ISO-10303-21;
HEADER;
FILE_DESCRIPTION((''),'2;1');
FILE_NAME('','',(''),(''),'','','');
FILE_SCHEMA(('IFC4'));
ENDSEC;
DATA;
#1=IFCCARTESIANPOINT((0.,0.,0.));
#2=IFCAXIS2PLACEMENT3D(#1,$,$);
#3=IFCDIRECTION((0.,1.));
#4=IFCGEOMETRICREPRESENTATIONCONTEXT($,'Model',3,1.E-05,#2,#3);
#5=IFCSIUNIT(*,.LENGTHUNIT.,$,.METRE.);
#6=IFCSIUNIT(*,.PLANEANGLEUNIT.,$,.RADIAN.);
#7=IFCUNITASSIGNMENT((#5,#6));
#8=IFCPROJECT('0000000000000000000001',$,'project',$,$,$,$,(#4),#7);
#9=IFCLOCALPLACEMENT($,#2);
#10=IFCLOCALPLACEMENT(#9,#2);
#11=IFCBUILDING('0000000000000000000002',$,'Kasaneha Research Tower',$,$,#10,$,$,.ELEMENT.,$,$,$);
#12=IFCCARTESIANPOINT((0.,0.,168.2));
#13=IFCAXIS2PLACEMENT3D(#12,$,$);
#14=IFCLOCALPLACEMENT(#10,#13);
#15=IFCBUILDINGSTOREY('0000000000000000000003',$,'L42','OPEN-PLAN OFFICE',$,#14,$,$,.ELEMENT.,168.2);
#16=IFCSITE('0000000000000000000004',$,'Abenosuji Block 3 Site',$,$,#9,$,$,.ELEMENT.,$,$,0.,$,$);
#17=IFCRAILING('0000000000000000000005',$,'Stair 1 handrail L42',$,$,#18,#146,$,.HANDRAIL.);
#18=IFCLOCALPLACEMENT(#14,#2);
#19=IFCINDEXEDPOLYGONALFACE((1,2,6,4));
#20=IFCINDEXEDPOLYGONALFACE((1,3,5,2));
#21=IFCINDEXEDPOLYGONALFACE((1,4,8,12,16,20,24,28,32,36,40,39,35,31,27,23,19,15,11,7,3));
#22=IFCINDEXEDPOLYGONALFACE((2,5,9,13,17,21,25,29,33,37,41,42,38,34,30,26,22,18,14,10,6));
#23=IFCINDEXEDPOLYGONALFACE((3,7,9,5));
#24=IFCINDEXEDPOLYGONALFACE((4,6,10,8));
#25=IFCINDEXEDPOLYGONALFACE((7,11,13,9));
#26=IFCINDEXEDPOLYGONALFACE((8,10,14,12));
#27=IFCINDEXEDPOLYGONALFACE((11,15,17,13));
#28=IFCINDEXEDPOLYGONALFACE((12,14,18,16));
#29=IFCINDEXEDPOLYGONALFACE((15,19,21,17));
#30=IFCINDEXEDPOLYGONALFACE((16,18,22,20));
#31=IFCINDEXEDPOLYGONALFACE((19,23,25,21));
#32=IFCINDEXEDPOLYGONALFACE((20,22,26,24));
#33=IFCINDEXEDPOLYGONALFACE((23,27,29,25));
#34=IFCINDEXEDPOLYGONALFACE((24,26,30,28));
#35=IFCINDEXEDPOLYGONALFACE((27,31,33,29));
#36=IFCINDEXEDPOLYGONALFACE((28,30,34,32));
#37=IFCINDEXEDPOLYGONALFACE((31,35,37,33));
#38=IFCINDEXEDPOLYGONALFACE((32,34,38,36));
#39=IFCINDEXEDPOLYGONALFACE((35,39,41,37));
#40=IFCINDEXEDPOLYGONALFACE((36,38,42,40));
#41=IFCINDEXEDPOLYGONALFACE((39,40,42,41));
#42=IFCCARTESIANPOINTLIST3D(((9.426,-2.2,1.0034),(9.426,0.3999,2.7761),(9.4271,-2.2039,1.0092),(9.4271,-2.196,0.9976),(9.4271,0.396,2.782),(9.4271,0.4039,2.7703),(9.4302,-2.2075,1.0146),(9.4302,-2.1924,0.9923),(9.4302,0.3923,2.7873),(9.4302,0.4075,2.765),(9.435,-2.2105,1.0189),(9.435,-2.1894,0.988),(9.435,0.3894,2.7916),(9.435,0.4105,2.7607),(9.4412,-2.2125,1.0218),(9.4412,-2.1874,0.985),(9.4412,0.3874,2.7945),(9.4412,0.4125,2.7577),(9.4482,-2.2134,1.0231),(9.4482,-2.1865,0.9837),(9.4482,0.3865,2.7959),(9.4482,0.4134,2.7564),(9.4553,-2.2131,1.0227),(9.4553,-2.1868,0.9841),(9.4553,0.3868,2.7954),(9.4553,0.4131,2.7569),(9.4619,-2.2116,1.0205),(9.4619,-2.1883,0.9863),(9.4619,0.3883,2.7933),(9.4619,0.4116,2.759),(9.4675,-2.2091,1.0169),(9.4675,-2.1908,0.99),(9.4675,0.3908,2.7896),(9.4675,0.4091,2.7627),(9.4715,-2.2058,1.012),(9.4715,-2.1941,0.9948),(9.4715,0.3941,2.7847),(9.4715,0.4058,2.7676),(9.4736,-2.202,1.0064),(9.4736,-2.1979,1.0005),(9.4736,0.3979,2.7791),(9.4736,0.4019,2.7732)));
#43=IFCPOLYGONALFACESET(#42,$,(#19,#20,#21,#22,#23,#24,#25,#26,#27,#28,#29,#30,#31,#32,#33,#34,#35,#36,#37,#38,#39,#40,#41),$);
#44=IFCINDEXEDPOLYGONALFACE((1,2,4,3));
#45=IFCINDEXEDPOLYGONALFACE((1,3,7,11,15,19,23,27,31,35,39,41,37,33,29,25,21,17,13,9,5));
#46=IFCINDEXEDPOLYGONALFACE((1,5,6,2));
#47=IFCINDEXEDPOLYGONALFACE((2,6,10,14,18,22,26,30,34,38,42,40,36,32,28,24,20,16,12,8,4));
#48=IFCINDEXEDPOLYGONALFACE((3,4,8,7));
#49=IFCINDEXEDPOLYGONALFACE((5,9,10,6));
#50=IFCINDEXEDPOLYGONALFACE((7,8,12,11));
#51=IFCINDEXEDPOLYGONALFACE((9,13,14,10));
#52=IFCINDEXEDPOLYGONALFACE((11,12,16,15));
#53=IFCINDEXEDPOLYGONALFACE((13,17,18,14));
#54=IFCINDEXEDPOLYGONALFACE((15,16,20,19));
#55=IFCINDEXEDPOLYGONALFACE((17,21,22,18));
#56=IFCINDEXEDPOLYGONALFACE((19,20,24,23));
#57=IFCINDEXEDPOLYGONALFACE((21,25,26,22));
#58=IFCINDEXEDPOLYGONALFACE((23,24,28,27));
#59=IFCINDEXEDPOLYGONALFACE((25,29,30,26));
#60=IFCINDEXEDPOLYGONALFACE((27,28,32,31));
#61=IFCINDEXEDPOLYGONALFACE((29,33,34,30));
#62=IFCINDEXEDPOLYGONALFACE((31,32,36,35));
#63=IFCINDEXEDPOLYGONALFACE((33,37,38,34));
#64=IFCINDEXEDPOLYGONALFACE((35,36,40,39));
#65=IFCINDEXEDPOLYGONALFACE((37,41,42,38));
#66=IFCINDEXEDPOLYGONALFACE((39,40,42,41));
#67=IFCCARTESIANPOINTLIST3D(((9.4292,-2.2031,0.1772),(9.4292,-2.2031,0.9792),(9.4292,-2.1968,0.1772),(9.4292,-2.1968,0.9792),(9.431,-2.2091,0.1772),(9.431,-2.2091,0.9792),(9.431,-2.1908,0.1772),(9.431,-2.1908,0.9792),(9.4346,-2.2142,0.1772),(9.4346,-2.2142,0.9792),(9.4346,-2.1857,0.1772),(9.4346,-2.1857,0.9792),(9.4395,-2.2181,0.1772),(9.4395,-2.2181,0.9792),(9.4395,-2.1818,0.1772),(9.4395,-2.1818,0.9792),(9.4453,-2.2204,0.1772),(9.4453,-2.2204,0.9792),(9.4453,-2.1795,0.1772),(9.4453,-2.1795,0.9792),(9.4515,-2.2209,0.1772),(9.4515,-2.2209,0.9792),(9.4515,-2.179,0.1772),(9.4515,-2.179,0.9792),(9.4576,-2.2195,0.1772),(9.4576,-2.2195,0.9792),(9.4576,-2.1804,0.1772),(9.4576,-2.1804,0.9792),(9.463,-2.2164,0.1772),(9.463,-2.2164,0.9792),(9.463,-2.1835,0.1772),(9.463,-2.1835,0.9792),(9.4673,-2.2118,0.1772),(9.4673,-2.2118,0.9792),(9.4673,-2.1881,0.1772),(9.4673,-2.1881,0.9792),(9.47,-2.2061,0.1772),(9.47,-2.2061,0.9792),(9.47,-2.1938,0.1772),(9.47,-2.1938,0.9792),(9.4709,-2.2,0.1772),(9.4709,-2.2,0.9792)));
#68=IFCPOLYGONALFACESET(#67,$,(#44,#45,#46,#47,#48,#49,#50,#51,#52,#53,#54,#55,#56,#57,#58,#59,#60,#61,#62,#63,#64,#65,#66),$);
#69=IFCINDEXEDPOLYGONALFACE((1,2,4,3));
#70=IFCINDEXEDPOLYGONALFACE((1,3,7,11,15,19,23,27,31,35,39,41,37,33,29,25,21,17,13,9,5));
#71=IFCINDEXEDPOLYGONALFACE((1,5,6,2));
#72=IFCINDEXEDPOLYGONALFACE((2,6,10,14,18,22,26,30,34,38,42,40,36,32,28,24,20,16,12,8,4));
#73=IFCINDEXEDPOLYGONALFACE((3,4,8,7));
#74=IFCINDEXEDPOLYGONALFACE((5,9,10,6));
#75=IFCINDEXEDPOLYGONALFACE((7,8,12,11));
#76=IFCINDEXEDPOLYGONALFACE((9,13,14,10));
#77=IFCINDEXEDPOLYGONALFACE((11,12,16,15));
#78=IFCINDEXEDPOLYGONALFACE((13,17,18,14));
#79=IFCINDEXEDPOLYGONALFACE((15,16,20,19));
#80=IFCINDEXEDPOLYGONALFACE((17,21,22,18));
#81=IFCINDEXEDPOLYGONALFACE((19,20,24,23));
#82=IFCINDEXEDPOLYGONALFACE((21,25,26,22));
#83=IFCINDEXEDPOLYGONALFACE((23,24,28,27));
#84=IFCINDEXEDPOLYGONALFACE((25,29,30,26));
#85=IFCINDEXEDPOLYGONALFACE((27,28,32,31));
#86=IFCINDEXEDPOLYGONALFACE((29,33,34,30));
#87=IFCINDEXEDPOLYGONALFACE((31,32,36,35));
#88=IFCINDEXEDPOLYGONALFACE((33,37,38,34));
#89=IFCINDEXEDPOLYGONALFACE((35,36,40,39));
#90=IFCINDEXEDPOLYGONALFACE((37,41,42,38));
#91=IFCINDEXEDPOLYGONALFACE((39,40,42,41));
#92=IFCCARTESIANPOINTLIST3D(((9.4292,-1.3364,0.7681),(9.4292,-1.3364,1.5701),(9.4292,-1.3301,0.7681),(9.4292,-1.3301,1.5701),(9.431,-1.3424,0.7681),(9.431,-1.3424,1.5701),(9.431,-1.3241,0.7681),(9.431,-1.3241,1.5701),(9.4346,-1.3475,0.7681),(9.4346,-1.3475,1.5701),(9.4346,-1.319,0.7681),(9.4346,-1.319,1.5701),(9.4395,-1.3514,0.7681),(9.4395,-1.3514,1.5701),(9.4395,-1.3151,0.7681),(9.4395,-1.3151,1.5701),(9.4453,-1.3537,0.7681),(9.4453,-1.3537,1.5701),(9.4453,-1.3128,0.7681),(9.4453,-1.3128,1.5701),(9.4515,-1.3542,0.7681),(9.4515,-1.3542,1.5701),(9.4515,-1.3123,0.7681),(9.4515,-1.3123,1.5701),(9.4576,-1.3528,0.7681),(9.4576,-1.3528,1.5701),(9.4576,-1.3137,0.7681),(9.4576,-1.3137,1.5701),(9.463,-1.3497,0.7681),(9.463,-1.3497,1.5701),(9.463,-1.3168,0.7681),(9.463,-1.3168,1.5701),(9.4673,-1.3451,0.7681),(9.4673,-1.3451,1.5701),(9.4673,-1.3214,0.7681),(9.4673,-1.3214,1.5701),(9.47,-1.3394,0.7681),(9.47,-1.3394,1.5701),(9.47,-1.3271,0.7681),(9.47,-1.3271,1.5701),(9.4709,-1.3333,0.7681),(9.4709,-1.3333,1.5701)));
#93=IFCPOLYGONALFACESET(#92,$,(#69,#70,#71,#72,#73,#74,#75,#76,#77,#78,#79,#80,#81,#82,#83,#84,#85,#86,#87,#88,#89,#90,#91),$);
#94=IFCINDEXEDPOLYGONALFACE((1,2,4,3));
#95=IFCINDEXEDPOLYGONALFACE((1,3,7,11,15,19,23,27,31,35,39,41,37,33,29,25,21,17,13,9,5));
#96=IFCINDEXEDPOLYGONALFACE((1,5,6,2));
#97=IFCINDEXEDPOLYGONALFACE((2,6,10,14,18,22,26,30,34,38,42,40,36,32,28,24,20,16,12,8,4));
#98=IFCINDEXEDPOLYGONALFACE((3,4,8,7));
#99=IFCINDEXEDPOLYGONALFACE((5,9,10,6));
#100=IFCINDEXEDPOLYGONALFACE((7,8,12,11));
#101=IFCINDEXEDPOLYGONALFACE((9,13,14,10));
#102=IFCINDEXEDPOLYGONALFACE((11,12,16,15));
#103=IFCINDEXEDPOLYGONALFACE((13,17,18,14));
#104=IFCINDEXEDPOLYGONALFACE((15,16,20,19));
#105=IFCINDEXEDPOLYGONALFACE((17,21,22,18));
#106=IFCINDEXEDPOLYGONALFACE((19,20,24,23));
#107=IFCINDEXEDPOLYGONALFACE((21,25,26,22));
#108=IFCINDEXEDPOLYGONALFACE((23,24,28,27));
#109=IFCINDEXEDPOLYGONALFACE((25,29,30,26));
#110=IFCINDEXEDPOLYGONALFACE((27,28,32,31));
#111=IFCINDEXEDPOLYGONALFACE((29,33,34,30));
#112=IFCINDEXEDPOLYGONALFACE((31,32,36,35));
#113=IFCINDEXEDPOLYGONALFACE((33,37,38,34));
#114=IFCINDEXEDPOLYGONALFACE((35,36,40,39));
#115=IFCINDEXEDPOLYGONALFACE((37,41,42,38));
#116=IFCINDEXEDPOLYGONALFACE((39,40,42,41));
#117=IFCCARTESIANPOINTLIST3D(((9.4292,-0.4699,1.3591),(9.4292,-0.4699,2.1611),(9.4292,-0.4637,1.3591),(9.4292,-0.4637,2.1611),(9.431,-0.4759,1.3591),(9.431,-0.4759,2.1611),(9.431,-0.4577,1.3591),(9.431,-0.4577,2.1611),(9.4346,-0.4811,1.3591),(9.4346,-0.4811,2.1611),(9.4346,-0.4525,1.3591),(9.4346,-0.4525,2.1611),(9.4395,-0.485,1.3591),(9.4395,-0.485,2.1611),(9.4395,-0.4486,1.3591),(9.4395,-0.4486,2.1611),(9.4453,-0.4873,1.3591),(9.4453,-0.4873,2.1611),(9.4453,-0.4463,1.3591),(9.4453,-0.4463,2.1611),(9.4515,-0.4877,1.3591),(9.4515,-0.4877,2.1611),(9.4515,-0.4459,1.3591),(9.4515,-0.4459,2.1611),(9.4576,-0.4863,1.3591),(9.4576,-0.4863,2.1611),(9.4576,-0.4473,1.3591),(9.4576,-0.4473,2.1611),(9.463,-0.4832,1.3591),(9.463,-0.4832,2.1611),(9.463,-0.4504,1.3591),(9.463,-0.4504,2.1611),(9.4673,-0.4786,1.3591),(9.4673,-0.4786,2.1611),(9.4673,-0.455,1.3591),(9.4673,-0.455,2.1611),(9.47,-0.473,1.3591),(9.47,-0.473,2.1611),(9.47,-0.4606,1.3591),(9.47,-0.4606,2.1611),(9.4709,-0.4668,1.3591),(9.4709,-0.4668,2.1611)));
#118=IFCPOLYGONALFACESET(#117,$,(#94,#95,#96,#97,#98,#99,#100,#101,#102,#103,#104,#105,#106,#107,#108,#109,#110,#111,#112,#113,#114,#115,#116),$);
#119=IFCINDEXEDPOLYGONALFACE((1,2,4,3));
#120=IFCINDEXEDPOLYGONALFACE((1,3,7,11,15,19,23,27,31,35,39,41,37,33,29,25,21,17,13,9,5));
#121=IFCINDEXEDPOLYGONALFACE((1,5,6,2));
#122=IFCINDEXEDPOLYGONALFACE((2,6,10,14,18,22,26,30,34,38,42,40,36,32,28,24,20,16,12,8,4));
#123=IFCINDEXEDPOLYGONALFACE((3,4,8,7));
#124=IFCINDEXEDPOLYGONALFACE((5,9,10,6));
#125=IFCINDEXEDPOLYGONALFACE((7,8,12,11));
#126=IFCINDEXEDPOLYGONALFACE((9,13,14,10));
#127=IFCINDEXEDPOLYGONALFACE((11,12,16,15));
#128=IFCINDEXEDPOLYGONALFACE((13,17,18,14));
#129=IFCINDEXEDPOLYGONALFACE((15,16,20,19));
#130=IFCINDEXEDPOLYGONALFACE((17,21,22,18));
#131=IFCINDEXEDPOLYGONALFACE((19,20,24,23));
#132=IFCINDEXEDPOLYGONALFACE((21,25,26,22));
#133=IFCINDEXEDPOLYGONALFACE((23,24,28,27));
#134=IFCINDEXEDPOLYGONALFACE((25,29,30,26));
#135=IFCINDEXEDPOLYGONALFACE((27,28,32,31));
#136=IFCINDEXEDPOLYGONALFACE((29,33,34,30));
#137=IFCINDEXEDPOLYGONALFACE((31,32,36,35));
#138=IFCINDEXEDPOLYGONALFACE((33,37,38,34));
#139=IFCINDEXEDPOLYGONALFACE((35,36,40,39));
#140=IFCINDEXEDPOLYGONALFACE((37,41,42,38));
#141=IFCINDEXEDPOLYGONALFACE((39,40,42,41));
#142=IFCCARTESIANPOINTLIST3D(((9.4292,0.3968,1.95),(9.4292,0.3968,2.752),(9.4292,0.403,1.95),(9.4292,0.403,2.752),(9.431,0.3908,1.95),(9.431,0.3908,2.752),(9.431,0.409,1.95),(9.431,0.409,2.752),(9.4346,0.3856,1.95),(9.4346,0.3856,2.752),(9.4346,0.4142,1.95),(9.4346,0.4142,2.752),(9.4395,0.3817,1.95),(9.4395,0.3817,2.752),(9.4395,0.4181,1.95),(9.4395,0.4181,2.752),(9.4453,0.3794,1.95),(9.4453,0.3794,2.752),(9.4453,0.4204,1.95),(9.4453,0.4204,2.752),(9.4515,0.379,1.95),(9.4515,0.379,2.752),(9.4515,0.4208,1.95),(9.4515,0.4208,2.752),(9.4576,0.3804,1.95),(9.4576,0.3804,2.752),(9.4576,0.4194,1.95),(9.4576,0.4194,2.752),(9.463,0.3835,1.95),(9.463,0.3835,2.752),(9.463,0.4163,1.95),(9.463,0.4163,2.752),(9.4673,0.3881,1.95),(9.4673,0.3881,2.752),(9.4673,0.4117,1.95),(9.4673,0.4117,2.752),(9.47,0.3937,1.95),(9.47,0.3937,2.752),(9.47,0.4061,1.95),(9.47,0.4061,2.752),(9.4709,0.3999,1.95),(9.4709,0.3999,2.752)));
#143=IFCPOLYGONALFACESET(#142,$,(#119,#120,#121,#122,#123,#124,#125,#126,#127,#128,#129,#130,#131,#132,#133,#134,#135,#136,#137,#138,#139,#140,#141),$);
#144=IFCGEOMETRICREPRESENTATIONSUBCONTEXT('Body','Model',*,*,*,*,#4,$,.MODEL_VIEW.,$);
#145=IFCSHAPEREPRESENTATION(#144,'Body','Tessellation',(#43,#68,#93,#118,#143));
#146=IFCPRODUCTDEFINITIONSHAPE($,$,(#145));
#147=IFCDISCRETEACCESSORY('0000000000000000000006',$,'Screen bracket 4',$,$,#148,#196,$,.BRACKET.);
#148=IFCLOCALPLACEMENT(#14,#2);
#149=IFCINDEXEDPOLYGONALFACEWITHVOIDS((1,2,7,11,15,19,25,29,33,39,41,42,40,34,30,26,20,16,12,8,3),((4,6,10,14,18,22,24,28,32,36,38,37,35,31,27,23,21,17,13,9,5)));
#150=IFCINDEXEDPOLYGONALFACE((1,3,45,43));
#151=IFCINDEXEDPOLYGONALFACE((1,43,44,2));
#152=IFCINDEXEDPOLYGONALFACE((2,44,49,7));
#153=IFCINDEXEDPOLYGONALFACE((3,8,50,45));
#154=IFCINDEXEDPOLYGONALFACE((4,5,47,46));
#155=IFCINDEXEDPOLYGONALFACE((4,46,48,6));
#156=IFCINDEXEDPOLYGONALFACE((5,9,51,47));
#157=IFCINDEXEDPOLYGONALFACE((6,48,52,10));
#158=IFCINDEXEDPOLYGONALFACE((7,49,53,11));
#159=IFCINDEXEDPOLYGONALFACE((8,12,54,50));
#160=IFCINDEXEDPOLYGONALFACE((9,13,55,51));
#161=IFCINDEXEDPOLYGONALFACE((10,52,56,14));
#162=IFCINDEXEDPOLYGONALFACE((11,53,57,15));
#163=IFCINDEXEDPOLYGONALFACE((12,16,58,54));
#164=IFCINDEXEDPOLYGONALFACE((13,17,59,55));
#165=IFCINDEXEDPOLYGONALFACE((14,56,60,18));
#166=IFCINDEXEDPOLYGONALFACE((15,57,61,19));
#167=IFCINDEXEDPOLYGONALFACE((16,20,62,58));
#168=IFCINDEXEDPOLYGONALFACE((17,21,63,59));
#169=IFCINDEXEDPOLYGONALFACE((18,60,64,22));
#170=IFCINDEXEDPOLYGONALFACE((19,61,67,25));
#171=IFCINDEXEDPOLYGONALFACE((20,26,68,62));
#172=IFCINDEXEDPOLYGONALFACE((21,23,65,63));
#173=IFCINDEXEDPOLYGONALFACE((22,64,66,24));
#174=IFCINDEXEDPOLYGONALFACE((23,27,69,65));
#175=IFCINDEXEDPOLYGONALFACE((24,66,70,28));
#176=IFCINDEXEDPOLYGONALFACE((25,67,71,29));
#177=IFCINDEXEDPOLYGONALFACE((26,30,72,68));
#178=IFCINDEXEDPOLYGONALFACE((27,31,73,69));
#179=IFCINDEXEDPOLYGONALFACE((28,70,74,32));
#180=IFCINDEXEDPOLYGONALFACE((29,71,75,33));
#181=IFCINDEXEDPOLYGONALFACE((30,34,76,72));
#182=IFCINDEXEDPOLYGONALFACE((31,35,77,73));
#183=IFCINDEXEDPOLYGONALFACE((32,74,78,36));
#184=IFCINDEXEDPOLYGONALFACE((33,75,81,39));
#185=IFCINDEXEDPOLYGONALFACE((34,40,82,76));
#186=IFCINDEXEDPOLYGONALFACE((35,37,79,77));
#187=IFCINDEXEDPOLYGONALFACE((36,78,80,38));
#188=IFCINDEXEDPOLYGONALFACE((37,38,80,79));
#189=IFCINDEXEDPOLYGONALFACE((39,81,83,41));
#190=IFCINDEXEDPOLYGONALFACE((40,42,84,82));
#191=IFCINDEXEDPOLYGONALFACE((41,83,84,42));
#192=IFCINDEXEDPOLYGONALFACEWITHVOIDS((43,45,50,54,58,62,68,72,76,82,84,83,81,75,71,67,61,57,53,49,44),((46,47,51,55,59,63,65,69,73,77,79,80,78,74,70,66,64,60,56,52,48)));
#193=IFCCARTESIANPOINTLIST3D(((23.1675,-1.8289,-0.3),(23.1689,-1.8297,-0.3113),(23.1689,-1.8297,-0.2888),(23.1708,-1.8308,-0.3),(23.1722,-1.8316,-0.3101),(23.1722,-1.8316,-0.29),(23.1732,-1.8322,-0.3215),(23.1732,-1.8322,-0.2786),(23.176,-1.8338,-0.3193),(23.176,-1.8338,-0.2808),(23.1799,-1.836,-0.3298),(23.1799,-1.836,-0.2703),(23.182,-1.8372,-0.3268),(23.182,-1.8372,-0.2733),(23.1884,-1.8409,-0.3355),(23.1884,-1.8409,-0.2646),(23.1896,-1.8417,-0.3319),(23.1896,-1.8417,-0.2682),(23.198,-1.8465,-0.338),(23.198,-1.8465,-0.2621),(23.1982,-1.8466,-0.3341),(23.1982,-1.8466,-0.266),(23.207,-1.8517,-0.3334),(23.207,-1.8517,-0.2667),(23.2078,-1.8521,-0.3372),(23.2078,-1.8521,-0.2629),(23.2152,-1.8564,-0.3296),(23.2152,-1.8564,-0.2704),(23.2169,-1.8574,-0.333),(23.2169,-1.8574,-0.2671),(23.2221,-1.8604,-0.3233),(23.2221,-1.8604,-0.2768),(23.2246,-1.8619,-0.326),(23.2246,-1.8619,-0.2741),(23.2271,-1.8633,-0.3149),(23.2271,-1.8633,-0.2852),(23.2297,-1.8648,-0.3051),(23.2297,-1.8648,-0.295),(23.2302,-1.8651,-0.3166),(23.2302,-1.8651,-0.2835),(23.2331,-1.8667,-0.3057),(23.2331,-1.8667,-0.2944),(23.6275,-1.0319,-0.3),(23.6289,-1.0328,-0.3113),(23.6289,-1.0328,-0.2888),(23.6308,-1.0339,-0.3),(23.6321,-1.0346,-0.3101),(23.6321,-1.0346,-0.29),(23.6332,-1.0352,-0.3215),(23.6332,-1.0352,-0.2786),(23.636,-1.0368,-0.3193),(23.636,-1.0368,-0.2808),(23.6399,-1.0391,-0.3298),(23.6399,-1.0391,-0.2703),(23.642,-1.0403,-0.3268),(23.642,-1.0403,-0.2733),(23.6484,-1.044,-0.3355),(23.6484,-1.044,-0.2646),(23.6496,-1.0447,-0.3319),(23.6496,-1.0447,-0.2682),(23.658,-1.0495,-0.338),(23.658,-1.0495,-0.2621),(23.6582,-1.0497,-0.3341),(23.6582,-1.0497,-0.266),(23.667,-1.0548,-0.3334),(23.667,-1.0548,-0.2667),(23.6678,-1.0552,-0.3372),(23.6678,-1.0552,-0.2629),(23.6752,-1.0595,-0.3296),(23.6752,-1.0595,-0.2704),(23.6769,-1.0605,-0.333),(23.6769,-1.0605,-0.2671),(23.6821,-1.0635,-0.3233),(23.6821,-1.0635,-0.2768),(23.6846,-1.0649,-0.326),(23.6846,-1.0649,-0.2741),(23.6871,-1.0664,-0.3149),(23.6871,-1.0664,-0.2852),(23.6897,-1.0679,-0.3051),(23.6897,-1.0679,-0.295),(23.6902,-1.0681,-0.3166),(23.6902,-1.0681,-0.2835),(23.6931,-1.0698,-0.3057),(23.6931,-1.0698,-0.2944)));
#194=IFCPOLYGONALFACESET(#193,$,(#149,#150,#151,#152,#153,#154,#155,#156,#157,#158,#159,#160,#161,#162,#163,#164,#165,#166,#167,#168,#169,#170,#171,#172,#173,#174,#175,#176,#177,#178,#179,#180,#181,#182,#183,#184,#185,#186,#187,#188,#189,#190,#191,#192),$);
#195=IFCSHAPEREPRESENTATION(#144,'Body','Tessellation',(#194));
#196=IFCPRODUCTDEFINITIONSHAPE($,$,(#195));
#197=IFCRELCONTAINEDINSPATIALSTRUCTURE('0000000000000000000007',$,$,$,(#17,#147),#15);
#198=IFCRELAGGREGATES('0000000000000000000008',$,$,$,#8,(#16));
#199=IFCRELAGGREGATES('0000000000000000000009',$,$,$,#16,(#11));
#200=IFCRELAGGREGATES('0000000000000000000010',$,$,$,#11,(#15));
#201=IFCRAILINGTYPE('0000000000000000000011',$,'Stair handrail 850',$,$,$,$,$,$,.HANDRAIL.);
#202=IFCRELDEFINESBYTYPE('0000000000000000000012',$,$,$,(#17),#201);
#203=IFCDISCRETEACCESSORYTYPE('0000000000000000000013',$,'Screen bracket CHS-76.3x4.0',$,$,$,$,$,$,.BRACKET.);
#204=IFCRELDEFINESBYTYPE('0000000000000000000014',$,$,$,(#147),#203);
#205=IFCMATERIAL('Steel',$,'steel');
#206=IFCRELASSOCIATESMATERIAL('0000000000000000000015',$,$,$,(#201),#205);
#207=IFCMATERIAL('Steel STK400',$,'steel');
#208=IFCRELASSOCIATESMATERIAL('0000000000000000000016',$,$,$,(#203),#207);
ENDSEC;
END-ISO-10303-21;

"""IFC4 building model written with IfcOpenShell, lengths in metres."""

from ifc_helpers import new_model, si_unit, direction, frame, origin, origin_2d, place, context, subcontext, project, spatial, circle, hollow_circle, extrude, material, material_profile, profile_set, type_object, element, save


model = new_model("IFC4")

# Units and contexts
model_context = context("Model", 3, precision=1e-05, world=origin(), true_north=direction((0.0, 1.0)))
body_context = subcontext(model_context, "Body", "Model", "MODEL_VIEW")
ifc_project = project(units=[si_unit("LENGTHUNIT", "METRE"), si_unit("PLANEANGLEUNIT", "RADIAN")], contexts=[model_context])

# Site, building, storey
site_placement = place(None, origin())
site = spatial("IfcSite", under=ifc_project, at=site_placement, Name="Abenosuji Block 3 Site", CompositionType="ELEMENT", RefElevation=0.0)
building_placement = place(site_placement, origin())
building = spatial("IfcBuilding", under=site, at=building_placement, Name="Kasaneha Research Tower", CompositionType="ELEMENT")
storey_placement = place(building_placement, frame((0.0, 0.0, 168.2)))
storey = spatial("IfcBuildingStorey", under=building, at=storey_placement, Name="L42", Description="OPEN-PLAN OFFICE", CompositionType="ELEMENT", Elevation=168.2)

# Railing
ifc_material_1 = material(Name="Steel", Category="steel")
railing_type = type_object("IfcRailingType", Name="Stair handrail 850", PredefinedType="HANDRAIL", material=ifc_material_1)
railing_placement = place(storey_placement, frame((9.45, -2.2, 0.1772)))
element("IfcRailing", 1, at=railing_placement, inside=storey, type_object=railing_type, Name="Stair 1 handrail L42", PredefinedType="HANDRAIL", context=body_context, shape_type="SweptSolid", body=[
    extrude(circle(Radius=0.0239, at=origin_2d()), frame((0.0, 0.0, 0.8262), z_axis=(0.0, 0.826216, 0.563354), x_axis=(-1.0, 0.0, 0.0)), (0.0, 0.0, 1.0), 3.1467),
    extrude(circle(Radius=0.021, at=origin_2d()), origin(), (0.0, 0.0, 1.0), 0.802),
    extrude(circle(Radius=0.021, at=origin_2d()), frame((0.0, 0.8667, 0.5908)), (0.0, 0.0, 1.0), 0.802),
    extrude(circle(Radius=0.021, at=origin_2d()), frame((0.0, 1.7332, 1.1819)), (0.0, 0.0, 1.0), 0.802),
    extrude(circle(Radius=0.021, at=origin_2d()), frame((0.0, 2.5999, 1.7727)), (0.0, 0.0, 1.0), 0.802),
])

# Discrete accessory
ifc_material_2 = material(Name="Steel STK400", Category="steel")
ifc_material_profile_1 = material_profile(ifc_material_2, hollow_circle(Radius=0.0381, WallThickness=0.0039, at=origin_2d()), Name="CHS-76.3x4.0")
ifc_profile_set_1 = profile_set([ifc_material_profile_1], Name="Steel STK400")
discrete_accessory_type = type_object("IfcDiscreteAccessoryType", Name="Screen bracket CHS-76.3x4.0", PredefinedType="BRACKET", material=ifc_profile_set_1)
discrete_accessory_placement = place(storey_placement, frame((23.2004, -1.8479, -0.3), z_axis=(0.499906, 0.86608, 0.0), x_axis=(-0.86608, 0.499906, 0.0)))
element("IfcDiscreteAccessory", 2, at=discrete_accessory_placement, inside=storey, type_object=discrete_accessory_type, Name="Screen bracket 4", PredefinedType="BRACKET", context=body_context, shape_type="SweptSolid", body=[
    extrude(hollow_circle(Radius=0.0381, WallThickness=0.0039, at=origin_2d()), origin(), (0.0, 0.0, 1.0), 0.9202),
])

save(model, "model.ifc")
